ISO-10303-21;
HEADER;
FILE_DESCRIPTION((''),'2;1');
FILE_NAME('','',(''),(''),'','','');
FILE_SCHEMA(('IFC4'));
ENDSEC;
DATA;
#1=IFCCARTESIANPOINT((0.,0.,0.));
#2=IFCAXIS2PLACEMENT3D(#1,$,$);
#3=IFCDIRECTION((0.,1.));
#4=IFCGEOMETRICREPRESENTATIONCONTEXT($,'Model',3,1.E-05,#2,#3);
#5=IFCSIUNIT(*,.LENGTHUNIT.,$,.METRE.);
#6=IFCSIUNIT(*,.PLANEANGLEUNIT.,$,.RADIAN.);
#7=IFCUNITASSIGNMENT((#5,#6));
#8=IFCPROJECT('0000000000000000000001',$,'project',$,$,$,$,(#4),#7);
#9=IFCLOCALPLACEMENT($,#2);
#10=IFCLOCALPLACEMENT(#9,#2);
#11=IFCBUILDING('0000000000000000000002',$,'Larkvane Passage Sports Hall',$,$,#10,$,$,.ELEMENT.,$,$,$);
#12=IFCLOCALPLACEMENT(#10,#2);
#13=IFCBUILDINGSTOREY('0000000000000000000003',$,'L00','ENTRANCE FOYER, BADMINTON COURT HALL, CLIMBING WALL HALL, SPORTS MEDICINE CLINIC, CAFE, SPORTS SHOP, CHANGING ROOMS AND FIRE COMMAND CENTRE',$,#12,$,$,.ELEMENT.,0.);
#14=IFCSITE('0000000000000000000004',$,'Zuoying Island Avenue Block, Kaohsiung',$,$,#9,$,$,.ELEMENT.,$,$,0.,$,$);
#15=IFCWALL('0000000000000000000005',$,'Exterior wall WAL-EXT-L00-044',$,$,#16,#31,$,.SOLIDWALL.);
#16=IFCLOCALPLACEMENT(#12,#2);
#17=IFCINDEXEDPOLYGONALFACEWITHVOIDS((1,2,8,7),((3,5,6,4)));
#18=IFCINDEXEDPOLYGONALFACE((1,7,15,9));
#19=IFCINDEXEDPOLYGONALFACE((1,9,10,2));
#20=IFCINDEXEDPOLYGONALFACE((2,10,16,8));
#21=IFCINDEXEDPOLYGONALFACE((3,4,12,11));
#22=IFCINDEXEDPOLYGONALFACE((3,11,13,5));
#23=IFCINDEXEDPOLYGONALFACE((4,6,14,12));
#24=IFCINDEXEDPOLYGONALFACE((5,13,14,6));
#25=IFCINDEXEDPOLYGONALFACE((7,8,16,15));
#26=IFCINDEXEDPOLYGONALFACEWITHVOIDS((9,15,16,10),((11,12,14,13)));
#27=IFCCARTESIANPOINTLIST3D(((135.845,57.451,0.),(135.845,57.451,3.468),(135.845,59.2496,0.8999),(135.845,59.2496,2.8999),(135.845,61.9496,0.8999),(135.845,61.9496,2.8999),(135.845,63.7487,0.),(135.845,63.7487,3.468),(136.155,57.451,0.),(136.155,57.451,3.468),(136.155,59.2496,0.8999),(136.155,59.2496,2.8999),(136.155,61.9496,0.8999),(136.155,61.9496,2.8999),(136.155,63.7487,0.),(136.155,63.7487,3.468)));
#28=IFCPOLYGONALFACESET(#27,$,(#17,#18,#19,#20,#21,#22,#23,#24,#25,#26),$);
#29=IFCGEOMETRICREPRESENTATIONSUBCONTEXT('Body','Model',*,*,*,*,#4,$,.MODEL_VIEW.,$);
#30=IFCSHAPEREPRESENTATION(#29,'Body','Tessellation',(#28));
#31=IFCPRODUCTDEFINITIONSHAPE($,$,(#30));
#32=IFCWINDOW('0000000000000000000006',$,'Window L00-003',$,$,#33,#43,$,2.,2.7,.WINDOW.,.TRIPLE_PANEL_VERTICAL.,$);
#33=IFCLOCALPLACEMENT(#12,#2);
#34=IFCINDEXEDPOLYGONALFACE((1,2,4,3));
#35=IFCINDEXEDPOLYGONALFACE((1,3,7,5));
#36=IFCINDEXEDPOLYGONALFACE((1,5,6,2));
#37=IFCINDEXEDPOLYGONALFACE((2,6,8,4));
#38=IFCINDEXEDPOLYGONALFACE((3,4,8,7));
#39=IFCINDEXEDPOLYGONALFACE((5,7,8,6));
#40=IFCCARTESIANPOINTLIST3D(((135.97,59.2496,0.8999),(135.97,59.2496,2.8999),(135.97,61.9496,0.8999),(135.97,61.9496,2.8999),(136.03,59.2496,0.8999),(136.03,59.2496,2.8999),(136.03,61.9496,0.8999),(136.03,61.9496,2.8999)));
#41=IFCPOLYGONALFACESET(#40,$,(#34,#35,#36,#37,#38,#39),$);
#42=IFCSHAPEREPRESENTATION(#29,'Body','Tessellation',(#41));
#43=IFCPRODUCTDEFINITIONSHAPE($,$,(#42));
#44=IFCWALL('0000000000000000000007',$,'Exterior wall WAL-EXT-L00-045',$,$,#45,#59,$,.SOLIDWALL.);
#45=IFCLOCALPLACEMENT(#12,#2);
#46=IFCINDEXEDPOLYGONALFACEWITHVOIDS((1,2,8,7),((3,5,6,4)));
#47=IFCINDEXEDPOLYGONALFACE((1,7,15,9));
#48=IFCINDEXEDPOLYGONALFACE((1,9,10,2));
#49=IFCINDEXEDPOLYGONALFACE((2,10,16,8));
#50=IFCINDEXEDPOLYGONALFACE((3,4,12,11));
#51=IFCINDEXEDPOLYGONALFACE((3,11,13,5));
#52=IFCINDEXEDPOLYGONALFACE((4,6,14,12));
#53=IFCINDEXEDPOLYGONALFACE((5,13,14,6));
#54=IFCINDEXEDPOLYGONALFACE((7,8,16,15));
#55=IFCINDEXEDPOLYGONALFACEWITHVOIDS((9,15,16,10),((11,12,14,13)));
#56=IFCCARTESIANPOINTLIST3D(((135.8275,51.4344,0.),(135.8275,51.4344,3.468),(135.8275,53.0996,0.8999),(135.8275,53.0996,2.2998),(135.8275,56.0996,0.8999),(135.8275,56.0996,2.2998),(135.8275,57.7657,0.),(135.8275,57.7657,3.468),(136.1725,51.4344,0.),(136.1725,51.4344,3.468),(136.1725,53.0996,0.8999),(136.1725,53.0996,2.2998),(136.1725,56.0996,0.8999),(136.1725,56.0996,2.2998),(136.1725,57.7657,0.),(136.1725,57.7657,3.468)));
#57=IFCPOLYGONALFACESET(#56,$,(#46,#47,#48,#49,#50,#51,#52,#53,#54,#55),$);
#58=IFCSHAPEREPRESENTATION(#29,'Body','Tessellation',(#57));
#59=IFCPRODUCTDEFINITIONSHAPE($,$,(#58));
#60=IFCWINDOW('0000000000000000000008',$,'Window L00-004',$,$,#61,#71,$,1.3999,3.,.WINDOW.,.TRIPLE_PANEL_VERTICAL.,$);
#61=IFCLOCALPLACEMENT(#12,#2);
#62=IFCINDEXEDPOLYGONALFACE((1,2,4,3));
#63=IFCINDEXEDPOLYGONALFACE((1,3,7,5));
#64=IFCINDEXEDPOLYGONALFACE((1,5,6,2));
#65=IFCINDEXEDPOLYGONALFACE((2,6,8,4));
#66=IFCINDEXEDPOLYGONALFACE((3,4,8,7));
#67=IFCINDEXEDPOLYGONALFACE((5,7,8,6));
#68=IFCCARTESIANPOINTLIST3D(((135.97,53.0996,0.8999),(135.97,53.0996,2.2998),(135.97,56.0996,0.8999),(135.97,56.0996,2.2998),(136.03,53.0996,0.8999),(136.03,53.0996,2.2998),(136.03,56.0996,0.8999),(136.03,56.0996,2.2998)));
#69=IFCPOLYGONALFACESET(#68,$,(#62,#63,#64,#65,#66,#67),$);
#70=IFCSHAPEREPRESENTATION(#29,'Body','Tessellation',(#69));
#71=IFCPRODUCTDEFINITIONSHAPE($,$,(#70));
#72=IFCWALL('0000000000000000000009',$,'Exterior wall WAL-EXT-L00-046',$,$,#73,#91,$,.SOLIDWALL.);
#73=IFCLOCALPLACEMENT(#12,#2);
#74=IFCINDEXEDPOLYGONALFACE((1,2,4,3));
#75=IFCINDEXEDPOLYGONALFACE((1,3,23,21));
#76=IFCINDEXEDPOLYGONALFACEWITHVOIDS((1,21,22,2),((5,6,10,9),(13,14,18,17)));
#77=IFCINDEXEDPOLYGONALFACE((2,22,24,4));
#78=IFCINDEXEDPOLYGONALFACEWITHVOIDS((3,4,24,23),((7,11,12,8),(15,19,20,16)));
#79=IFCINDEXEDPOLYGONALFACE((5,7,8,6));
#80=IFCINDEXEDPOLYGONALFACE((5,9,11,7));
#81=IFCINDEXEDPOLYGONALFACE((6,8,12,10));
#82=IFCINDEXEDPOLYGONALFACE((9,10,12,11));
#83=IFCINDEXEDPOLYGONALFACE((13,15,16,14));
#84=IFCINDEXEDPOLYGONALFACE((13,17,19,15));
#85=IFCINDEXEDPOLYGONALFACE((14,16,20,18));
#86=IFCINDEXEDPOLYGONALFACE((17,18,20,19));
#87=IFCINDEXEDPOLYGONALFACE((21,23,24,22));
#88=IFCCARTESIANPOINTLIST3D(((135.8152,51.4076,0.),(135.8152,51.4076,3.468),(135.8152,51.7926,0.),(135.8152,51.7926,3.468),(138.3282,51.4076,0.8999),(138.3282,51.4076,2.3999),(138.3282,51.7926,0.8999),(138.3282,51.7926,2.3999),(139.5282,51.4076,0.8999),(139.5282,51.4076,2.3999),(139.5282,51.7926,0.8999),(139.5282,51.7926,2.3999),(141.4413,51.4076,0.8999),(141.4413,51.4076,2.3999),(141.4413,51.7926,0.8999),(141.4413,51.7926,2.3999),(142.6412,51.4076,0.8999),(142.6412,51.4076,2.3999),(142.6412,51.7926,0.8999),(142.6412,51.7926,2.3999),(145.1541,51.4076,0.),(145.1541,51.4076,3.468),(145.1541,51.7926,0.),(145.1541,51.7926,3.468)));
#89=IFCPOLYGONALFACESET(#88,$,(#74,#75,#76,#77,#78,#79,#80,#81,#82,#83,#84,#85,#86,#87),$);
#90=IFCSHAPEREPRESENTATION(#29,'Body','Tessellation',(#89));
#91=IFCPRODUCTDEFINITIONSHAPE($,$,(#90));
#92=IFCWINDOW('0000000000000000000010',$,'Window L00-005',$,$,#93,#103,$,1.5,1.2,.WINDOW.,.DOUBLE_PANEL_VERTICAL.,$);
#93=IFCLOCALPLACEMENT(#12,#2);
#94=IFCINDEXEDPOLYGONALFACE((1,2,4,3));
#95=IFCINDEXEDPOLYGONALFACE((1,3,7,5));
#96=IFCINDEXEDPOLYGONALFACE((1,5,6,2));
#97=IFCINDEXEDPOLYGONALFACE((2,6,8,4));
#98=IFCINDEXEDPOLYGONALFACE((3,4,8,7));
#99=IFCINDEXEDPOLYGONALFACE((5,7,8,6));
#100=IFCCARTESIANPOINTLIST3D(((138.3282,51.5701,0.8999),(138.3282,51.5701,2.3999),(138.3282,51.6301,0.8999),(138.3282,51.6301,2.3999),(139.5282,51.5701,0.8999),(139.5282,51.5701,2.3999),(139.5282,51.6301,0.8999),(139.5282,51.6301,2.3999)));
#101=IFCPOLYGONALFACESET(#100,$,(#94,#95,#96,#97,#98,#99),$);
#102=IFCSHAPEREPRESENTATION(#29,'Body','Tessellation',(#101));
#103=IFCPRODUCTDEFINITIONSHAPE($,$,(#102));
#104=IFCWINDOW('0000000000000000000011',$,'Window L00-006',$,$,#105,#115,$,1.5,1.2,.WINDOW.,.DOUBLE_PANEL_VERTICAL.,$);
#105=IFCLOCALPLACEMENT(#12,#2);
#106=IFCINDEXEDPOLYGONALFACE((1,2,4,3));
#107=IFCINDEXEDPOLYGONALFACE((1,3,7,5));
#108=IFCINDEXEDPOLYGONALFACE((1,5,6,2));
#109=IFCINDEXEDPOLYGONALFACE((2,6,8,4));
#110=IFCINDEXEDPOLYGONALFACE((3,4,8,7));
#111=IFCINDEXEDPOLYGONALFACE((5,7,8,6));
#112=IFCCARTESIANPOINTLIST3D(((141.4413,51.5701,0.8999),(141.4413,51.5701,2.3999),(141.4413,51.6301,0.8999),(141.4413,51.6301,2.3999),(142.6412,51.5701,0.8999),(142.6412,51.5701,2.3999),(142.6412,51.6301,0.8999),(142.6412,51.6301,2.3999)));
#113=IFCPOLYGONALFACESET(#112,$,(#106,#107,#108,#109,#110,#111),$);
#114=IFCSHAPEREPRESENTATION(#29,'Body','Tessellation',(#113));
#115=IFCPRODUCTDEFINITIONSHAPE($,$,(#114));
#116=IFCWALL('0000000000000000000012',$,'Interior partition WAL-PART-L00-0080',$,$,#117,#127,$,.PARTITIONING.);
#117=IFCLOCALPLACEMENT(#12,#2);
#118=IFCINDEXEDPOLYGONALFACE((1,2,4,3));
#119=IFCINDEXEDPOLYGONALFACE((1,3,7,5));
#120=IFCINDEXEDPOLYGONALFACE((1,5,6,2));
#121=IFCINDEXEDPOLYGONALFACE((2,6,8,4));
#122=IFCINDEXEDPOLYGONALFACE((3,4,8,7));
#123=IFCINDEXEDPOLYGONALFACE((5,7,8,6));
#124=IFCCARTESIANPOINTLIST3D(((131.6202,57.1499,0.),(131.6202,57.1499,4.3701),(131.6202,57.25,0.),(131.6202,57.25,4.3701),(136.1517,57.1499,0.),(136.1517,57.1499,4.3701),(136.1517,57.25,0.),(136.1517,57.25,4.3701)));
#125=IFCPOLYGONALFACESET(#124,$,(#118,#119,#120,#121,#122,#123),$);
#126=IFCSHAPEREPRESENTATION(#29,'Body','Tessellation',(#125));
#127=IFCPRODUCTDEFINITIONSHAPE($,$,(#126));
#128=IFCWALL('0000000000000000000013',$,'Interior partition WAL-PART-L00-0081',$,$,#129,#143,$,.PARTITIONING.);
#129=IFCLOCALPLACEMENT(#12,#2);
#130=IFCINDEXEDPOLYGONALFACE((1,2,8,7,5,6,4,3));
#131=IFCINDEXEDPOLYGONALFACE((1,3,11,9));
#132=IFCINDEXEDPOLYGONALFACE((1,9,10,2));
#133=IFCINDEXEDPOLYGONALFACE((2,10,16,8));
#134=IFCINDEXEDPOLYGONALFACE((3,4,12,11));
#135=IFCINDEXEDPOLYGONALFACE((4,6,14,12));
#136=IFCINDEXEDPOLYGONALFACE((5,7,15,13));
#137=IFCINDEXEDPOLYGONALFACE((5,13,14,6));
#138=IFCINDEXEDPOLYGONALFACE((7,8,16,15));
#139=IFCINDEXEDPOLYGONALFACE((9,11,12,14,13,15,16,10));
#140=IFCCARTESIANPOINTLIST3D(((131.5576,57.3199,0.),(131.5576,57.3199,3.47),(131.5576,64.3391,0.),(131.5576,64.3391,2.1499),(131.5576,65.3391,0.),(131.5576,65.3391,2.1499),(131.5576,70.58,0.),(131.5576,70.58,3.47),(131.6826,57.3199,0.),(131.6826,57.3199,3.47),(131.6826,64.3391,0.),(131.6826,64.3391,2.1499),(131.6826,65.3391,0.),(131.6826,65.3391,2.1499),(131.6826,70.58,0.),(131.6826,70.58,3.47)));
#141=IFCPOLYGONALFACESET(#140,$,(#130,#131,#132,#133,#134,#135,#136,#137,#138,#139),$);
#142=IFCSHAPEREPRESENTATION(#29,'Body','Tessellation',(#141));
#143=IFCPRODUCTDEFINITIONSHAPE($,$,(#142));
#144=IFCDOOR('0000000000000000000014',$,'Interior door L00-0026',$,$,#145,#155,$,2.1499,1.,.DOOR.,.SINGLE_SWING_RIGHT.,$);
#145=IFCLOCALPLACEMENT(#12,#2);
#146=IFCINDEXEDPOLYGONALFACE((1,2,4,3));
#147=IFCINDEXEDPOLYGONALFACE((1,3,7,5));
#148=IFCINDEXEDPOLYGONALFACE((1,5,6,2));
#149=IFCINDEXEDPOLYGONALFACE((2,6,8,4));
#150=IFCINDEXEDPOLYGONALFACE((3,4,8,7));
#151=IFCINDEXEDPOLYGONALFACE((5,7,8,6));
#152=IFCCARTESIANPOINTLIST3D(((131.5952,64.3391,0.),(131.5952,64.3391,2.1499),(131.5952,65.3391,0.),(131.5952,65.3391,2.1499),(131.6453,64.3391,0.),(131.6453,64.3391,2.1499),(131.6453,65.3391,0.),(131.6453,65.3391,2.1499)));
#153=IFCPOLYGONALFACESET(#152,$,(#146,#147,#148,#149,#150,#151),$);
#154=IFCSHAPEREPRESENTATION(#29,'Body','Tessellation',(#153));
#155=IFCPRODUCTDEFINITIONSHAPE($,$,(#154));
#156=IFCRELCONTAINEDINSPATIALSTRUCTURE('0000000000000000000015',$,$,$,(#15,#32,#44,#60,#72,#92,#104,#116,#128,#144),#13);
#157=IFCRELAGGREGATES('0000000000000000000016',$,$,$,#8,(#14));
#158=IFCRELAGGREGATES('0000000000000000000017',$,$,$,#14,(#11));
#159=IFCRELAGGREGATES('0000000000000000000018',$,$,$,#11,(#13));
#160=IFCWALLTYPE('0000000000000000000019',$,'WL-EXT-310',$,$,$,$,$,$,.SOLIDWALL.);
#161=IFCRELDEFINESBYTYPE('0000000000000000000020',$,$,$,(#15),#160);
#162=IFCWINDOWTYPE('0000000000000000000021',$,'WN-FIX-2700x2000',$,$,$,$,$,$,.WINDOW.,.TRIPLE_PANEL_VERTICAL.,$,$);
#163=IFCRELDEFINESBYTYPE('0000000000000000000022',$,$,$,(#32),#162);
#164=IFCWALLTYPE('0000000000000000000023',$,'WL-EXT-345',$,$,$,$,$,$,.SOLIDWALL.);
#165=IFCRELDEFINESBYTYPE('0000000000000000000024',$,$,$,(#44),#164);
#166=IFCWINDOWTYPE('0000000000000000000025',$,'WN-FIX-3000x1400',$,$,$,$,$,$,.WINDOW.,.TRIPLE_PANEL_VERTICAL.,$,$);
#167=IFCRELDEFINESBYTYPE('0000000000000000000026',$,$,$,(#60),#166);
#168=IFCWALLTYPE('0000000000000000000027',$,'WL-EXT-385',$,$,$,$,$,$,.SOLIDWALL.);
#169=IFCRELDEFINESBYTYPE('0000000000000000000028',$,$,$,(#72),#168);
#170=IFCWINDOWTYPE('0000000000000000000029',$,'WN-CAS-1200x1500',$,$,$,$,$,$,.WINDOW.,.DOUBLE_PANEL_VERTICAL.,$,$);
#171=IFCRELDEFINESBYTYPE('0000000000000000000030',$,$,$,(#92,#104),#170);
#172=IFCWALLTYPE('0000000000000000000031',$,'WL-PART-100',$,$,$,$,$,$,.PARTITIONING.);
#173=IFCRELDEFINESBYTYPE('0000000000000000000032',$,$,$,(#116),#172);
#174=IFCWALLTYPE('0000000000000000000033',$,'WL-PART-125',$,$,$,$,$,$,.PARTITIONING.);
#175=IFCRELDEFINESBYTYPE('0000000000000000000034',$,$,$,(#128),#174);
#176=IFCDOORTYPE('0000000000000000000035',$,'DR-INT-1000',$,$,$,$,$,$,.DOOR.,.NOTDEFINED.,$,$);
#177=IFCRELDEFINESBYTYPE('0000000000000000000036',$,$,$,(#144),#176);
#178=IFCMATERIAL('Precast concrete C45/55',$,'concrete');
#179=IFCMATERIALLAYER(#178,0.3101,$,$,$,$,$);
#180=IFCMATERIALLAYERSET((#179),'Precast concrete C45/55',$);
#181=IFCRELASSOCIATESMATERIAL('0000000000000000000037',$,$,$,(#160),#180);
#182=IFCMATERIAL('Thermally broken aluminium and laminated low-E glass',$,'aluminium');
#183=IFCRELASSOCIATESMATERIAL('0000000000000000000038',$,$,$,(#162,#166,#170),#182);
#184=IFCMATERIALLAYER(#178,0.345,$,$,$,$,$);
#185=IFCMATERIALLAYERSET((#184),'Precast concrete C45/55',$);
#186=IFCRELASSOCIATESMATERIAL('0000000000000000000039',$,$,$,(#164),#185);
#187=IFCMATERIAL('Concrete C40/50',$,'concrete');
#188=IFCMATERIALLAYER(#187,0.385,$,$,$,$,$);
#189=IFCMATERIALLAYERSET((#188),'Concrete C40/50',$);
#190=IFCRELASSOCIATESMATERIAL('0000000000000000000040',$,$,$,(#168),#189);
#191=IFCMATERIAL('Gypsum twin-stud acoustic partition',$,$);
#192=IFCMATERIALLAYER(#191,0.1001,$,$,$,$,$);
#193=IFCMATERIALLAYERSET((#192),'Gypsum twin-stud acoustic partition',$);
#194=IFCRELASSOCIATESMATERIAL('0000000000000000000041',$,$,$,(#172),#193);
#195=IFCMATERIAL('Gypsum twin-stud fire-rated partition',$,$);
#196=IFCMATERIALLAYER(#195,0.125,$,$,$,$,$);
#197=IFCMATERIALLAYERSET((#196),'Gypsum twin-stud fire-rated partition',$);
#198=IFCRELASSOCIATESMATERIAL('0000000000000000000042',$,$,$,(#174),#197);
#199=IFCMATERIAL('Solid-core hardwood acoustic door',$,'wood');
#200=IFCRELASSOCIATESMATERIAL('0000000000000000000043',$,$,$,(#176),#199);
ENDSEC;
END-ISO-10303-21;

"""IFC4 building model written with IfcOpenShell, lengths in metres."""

from ifc_helpers import new_model, si_unit, direction, frame, frame_2d, origin, place, context, subcontext, project, spatial, rectangle, extrude, material, layer, layer_set, type_object, element, fill, save


model = new_model("IFC4")

# Units and contexts
model_context = context("Model", 3, precision=1e-05, world=origin(), true_north=direction((0.0, 1.0)))
body_context = subcontext(model_context, "Body", "Model", "MODEL_VIEW")
ifc_project = project(units=[si_unit("LENGTHUNIT", "METRE"), si_unit("PLANEANGLEUNIT", "RADIAN")], contexts=[model_context])

# Site, building, storey
site_placement = place(None, origin())
site = spatial("IfcSite", under=ifc_project, at=site_placement, Name="Zuoying Island Avenue Block, Kaohsiung", CompositionType="ELEMENT", RefElevation=0.0)
building_placement = place(site_placement, origin())
building = spatial("IfcBuilding", under=site, at=building_placement, Name="Larkvane Passage Sports Hall", CompositionType="ELEMENT")
storey_placement = place(building_placement, origin())
storey = spatial("IfcBuildingStorey", under=building, at=storey_placement, Name="L00", Description="ENTRANCE FOYER, BADMINTON COURT HALL, CLIMBING WALL HALL, SPORTS MEDICINE CLINIC, CAFE, SPORTS SHOP, CHANGING ROOMS AND FIRE COMMAND CENTRE", CompositionType="ELEMENT", Elevation=0.0)

# Shared definitions
ifc_material_1 = material(Name="Concrete C40/50", Category="concrete")

# Walls, openings, windows
ifc_material_2 = material(Name="Precast concrete C45/55", Category="concrete")
ifc_layer_1 = layer(ifc_material_2, 0.3101)
ifc_layer_set_1 = layer_set([ifc_layer_1], Name="Precast concrete C45/55")
wall_type_1 = type_object("IfcWallType", Name="WL-EXT-310", PredefinedType="SOLIDWALL", material=ifc_layer_set_1)
wall_1_placement = place(storey_placement, frame((136.0, 63.7488, 0.0), z_axis=(0.0, 0.0, 1.0), x_axis=(0.0, -1.0, 0.0)))
wall_1 = element("IfcWall", 1, at=wall_1_placement, inside=storey, type_object=wall_type_1, Name="Exterior wall WAL-EXT-L00-044", PredefinedType="SOLIDWALL", context=body_context, shape_type="SweptSolid", body=[
    extrude(rectangle(XDim=6.2976, YDim=0.3101, at=frame_2d((3.1489, 0.0))), origin(), (0.0, 0.0, 1.0), 3.468),
])
opening_1_placement = place(wall_1_placement, frame((1.7991, 0.0, 0.8999)))
opening_1 = element("IfcOpeningElement", 2, at=opening_1_placement, cuts=wall_1, PredefinedType="OPENING", context=body_context, shape_type="SweptSolid", body=[
    extrude(rectangle(XDim=2.7, YDim=2.0, at=frame_2d((1.3501, 1.0))), frame((0.0, 0.165, 0.0), z_axis=(0.0, -1.0, 0.0), x_axis=(1.0, 0.0, 0.0)), (0.0, 0.0, 1.0), 0.3301),
])
ifc_material_3 = material(Name="Thermally broken aluminium and laminated low-E glass", Category="aluminium")
window_type_1 = type_object("IfcWindowType", Name="WN-FIX-2700x2000", PartitioningType="TRIPLE_PANEL_VERTICAL", PredefinedType="WINDOW", material=ifc_material_3)
window_1_placement = place(opening_1_placement, origin())
window_1 = element("IfcWindow", 3, at=window_1_placement, inside=storey, type_object=window_type_1, Name="Window L00-003", OverallHeight=2.0, OverallWidth=2.7, PartitioningType="TRIPLE_PANEL_VERTICAL", PredefinedType="WINDOW", context=body_context, shape_type="SweptSolid", body=[
    extrude(rectangle(XDim=2.7, YDim=2.0, at=frame_2d((1.3501, 1.0))), frame((0.0, 0.03, 0.0), z_axis=(0.0, -1.0, 0.0), x_axis=(1.0, 0.0, 0.0)), (0.0, 0.0, 1.0), 0.0601),
])
fill(opening_1, window_1)
ifc_layer_2 = layer(ifc_material_2, 0.345)
ifc_layer_set_2 = layer_set([ifc_layer_2], Name="Precast concrete C45/55")
wall_type_2 = type_object("IfcWallType", Name="WL-EXT-345", PredefinedType="SOLIDWALL", material=ifc_layer_set_2)
wall_2_placement = place(storey_placement, frame((136.0, 57.7656, 0.0), z_axis=(0.0, 0.0, 1.0), x_axis=(0.0, -1.0, 0.0)))
wall_2 = element("IfcWall", 4, at=wall_2_placement, inside=storey, type_object=wall_type_2, Name="Exterior wall WAL-EXT-L00-045", PredefinedType="SOLIDWALL", context=body_context, shape_type="SweptSolid", body=[
    extrude(rectangle(XDim=6.3313, YDim=0.345, at=frame_2d((3.1655, 0.0))), origin(), (0.0, 0.0, 1.0), 3.468),
])
opening_2_placement = place(wall_2_placement, frame((1.666, 0.0, 0.8999)))
opening_2 = element("IfcOpeningElement", 5, at=opening_2_placement, cuts=wall_2, PredefinedType="OPENING", context=body_context, shape_type="SweptSolid", body=[
    extrude(rectangle(XDim=3.0, YDim=1.3999, at=frame_2d((1.5, 0.7))), frame((0.0, 0.1824, 0.0), z_axis=(0.0, -1.0, 0.0), x_axis=(1.0, 0.0, 0.0)), (0.0, 0.0, 1.0), 0.365),
])
window_type_2 = type_object("IfcWindowType", Name="WN-FIX-3000x1400", PartitioningType="TRIPLE_PANEL_VERTICAL", PredefinedType="WINDOW", material=ifc_material_3)
window_2_placement = place(opening_2_placement, origin())
window_2 = element("IfcWindow", 6, at=window_2_placement, inside=storey, type_object=window_type_2, Name="Window L00-004", OverallHeight=1.3999, OverallWidth=3.0, PartitioningType="TRIPLE_PANEL_VERTICAL", PredefinedType="WINDOW", context=body_context, shape_type="SweptSolid", body=[
    extrude(rectangle(XDim=3.0, YDim=1.3999, at=frame_2d((1.5, 0.7))), frame((0.0, 0.03, 0.0), z_axis=(0.0, -1.0, 0.0), x_axis=(1.0, 0.0, 0.0)), (0.0, 0.0, 1.0), 0.0601),
])
fill(opening_2, window_2)

# Wall, openings, windows
ifc_layer_3 = layer(ifc_material_1, 0.385)
ifc_layer_set_3 = layer_set([ifc_layer_3], Name="Concrete C40/50")
wall_type_3 = type_object("IfcWallType", Name="WL-EXT-385", PredefinedType="SOLIDWALL", material=ifc_layer_set_3)
wall_3_placement = place(storey_placement, frame((135.8152, 51.6001, 0.0), z_axis=(0.0, 0.0, 1.0), x_axis=(1.0, 0.0, 0.0)))
wall_3 = element("IfcWall", 7, at=wall_3_placement, inside=storey, type_object=wall_type_3, Name="Exterior wall WAL-EXT-L00-046", PredefinedType="SOLIDWALL", context=body_context, shape_type="SweptSolid", body=[
    extrude(rectangle(XDim=9.3389, YDim=0.385, at=frame_2d((4.6694, 0.0))), origin(), (0.0, 0.0, 1.0), 3.468),
])
opening_3_placement = place(wall_3_placement, frame((2.5129, 0.0, 0.8999)))
opening_3 = element("IfcOpeningElement", 8, at=opening_3_placement, cuts=wall_3, PredefinedType="OPENING", context=body_context, shape_type="SweptSolid", body=[
    extrude(rectangle(XDim=1.2, YDim=1.5, at=frame_2d((0.6001, 0.75))), frame((0.0, 0.2024, 0.0), z_axis=(0.0, -1.0, 0.0), x_axis=(1.0, 0.0, 0.0)), (0.0, 0.0, 1.0), 0.405),
])
opening_4_placement = place(wall_3_placement, frame((5.626, 0.0, 0.8999)))
opening_4 = element("IfcOpeningElement", 9, at=opening_4_placement, cuts=wall_3, PredefinedType="OPENING", context=body_context, shape_type="SweptSolid", body=[
    extrude(rectangle(XDim=1.2, YDim=1.5, at=frame_2d((0.6001, 0.75))), frame((0.0, 0.2024, 0.0), z_axis=(0.0, -1.0, 0.0), x_axis=(1.0, 0.0, 0.0)), (0.0, 0.0, 1.0), 0.405),
])
window_type_3 = type_object("IfcWindowType", Name="WN-CAS-1200x1500", PartitioningType="DOUBLE_PANEL_VERTICAL", PredefinedType="WINDOW", material=ifc_material_3)
window_3_placement = place(opening_3_placement, origin())
window_3 = element("IfcWindow", 10, at=window_3_placement, inside=storey, type_object=window_type_3, Name="Window L00-005", OverallHeight=1.5, OverallWidth=1.2, PartitioningType="DOUBLE_PANEL_VERTICAL", PredefinedType="WINDOW", context=body_context, shape_type="SweptSolid", body=[
    extrude(rectangle(XDim=1.2, YDim=1.5, at=frame_2d((0.6001, 0.75))), frame((0.0, 0.03, 0.0), z_axis=(0.0, -1.0, 0.0), x_axis=(1.0, 0.0, 0.0)), (0.0, 0.0, 1.0), 0.0601),
])
fill(opening_3, window_3)
window_4_placement = place(opening_4_placement, origin())
window_4 = element("IfcWindow", 11, at=window_4_placement, inside=storey, type_object=window_type_3, Name="Window L00-006", OverallHeight=1.5, OverallWidth=1.2, PartitioningType="DOUBLE_PANEL_VERTICAL", PredefinedType="WINDOW", context=body_context, shape_type="SweptSolid", body=[
    extrude(rectangle(XDim=1.2, YDim=1.5, at=frame_2d((0.6001, 0.75))), frame((0.0, 0.03, 0.0), z_axis=(0.0, -1.0, 0.0), x_axis=(1.0, 0.0, 0.0)), (0.0, 0.0, 1.0), 0.0601),
])
fill(opening_4, window_4)

# Wall
ifc_material_4 = material(Name="Gypsum twin-stud acoustic partition")
ifc_layer_4 = layer(ifc_material_4, 0.1001)
ifc_layer_set_4 = layer_set([ifc_layer_4], Name="Gypsum twin-stud acoustic partition")
wall_type_4 = type_object("IfcWallType", Name="WL-PART-100", PredefinedType="PARTITIONING", material=ifc_layer_set_4)
wall_4_placement = place(storey_placement, frame((136.1516, 57.2, 0.0), z_axis=(0.0, 0.0, 1.0), x_axis=(-1.0, 0.0, 0.0)))
element("IfcWall", 12, at=wall_4_placement, inside=storey, type_object=wall_type_4, Name="Interior partition WAL-PART-L00-0080", PredefinedType="PARTITIONING", context=body_context, shape_type="SweptSolid", body=[
    extrude(rectangle(XDim=4.5315, YDim=0.1001, at=frame_2d((2.2656, 0.0))), origin(), (0.0, 0.0, 1.0), 4.3701),
])

# Wall, opening, door
ifc_material_5 = material(Name="Gypsum twin-stud fire-rated partition")
ifc_layer_5 = layer(ifc_material_5, 0.125)
ifc_layer_set_5 = layer_set([ifc_layer_5], Name="Gypsum twin-stud fire-rated partition")
wall_type_5 = type_object("IfcWallType", Name="WL-PART-125", PredefinedType="PARTITIONING", material=ifc_layer_set_5)
wall_5_placement = place(storey_placement, frame((131.6201, 57.3201, 0.0), z_axis=(0.0, 0.0, 1.0), x_axis=(0.0, 1.0, 0.0)))
wall_5 = element("IfcWall", 13, at=wall_5_placement, inside=storey, type_object=wall_type_5, Name="Interior partition WAL-PART-L00-0081", PredefinedType="PARTITIONING", context=body_context, shape_type="SweptSolid", body=[
    extrude(rectangle(XDim=13.26, YDim=0.125, at=frame_2d((6.6299, 0.0))), origin(), (0.0, 0.0, 1.0), 3.47),
])
opening_5_placement = place(wall_5_placement, frame((7.019, 0.0, 0.0)))
opening_5 = element("IfcOpeningElement", 14, at=opening_5_placement, cuts=wall_5, PredefinedType="OPENING", context=body_context, shape_type="SweptSolid", body=[
    extrude(rectangle(XDim=1.0, YDim=2.1499, at=frame_2d((0.5, 1.075))), frame((0.0, 0.0725, 0.0), z_axis=(0.0, -1.0, 0.0), x_axis=(1.0, 0.0, 0.0)), (0.0, 0.0, 1.0), 0.145),
])
ifc_material_6 = material(Name="Solid-core hardwood acoustic door", Category="wood")
door_type_1 = type_object("IfcDoorType", Name="DR-INT-1000", OperationType="NOTDEFINED", PredefinedType="DOOR", material=ifc_material_6)
door_1_placement = place(opening_5_placement, origin())
door_1 = element("IfcDoor", 15, at=door_1_placement, inside=storey, type_object=door_type_1, Name="Interior door L00-0026", OperationType="SINGLE_SWING_RIGHT", OverallHeight=2.1499, OverallWidth=1.0, PredefinedType="DOOR", context=body_context, shape_type="SweptSolid", body=[
    extrude(rectangle(XDim=1.0, YDim=2.1499, at=frame_2d((0.5, 1.075))), frame((0.0, 0.0249, 0.0), z_axis=(0.0, -1.0, 0.0), x_axis=(1.0, 0.0, 0.0)), (0.0, 0.0, 1.0), 0.05),
])
fill(opening_5, door_1)

save(model, "model.ifc")
